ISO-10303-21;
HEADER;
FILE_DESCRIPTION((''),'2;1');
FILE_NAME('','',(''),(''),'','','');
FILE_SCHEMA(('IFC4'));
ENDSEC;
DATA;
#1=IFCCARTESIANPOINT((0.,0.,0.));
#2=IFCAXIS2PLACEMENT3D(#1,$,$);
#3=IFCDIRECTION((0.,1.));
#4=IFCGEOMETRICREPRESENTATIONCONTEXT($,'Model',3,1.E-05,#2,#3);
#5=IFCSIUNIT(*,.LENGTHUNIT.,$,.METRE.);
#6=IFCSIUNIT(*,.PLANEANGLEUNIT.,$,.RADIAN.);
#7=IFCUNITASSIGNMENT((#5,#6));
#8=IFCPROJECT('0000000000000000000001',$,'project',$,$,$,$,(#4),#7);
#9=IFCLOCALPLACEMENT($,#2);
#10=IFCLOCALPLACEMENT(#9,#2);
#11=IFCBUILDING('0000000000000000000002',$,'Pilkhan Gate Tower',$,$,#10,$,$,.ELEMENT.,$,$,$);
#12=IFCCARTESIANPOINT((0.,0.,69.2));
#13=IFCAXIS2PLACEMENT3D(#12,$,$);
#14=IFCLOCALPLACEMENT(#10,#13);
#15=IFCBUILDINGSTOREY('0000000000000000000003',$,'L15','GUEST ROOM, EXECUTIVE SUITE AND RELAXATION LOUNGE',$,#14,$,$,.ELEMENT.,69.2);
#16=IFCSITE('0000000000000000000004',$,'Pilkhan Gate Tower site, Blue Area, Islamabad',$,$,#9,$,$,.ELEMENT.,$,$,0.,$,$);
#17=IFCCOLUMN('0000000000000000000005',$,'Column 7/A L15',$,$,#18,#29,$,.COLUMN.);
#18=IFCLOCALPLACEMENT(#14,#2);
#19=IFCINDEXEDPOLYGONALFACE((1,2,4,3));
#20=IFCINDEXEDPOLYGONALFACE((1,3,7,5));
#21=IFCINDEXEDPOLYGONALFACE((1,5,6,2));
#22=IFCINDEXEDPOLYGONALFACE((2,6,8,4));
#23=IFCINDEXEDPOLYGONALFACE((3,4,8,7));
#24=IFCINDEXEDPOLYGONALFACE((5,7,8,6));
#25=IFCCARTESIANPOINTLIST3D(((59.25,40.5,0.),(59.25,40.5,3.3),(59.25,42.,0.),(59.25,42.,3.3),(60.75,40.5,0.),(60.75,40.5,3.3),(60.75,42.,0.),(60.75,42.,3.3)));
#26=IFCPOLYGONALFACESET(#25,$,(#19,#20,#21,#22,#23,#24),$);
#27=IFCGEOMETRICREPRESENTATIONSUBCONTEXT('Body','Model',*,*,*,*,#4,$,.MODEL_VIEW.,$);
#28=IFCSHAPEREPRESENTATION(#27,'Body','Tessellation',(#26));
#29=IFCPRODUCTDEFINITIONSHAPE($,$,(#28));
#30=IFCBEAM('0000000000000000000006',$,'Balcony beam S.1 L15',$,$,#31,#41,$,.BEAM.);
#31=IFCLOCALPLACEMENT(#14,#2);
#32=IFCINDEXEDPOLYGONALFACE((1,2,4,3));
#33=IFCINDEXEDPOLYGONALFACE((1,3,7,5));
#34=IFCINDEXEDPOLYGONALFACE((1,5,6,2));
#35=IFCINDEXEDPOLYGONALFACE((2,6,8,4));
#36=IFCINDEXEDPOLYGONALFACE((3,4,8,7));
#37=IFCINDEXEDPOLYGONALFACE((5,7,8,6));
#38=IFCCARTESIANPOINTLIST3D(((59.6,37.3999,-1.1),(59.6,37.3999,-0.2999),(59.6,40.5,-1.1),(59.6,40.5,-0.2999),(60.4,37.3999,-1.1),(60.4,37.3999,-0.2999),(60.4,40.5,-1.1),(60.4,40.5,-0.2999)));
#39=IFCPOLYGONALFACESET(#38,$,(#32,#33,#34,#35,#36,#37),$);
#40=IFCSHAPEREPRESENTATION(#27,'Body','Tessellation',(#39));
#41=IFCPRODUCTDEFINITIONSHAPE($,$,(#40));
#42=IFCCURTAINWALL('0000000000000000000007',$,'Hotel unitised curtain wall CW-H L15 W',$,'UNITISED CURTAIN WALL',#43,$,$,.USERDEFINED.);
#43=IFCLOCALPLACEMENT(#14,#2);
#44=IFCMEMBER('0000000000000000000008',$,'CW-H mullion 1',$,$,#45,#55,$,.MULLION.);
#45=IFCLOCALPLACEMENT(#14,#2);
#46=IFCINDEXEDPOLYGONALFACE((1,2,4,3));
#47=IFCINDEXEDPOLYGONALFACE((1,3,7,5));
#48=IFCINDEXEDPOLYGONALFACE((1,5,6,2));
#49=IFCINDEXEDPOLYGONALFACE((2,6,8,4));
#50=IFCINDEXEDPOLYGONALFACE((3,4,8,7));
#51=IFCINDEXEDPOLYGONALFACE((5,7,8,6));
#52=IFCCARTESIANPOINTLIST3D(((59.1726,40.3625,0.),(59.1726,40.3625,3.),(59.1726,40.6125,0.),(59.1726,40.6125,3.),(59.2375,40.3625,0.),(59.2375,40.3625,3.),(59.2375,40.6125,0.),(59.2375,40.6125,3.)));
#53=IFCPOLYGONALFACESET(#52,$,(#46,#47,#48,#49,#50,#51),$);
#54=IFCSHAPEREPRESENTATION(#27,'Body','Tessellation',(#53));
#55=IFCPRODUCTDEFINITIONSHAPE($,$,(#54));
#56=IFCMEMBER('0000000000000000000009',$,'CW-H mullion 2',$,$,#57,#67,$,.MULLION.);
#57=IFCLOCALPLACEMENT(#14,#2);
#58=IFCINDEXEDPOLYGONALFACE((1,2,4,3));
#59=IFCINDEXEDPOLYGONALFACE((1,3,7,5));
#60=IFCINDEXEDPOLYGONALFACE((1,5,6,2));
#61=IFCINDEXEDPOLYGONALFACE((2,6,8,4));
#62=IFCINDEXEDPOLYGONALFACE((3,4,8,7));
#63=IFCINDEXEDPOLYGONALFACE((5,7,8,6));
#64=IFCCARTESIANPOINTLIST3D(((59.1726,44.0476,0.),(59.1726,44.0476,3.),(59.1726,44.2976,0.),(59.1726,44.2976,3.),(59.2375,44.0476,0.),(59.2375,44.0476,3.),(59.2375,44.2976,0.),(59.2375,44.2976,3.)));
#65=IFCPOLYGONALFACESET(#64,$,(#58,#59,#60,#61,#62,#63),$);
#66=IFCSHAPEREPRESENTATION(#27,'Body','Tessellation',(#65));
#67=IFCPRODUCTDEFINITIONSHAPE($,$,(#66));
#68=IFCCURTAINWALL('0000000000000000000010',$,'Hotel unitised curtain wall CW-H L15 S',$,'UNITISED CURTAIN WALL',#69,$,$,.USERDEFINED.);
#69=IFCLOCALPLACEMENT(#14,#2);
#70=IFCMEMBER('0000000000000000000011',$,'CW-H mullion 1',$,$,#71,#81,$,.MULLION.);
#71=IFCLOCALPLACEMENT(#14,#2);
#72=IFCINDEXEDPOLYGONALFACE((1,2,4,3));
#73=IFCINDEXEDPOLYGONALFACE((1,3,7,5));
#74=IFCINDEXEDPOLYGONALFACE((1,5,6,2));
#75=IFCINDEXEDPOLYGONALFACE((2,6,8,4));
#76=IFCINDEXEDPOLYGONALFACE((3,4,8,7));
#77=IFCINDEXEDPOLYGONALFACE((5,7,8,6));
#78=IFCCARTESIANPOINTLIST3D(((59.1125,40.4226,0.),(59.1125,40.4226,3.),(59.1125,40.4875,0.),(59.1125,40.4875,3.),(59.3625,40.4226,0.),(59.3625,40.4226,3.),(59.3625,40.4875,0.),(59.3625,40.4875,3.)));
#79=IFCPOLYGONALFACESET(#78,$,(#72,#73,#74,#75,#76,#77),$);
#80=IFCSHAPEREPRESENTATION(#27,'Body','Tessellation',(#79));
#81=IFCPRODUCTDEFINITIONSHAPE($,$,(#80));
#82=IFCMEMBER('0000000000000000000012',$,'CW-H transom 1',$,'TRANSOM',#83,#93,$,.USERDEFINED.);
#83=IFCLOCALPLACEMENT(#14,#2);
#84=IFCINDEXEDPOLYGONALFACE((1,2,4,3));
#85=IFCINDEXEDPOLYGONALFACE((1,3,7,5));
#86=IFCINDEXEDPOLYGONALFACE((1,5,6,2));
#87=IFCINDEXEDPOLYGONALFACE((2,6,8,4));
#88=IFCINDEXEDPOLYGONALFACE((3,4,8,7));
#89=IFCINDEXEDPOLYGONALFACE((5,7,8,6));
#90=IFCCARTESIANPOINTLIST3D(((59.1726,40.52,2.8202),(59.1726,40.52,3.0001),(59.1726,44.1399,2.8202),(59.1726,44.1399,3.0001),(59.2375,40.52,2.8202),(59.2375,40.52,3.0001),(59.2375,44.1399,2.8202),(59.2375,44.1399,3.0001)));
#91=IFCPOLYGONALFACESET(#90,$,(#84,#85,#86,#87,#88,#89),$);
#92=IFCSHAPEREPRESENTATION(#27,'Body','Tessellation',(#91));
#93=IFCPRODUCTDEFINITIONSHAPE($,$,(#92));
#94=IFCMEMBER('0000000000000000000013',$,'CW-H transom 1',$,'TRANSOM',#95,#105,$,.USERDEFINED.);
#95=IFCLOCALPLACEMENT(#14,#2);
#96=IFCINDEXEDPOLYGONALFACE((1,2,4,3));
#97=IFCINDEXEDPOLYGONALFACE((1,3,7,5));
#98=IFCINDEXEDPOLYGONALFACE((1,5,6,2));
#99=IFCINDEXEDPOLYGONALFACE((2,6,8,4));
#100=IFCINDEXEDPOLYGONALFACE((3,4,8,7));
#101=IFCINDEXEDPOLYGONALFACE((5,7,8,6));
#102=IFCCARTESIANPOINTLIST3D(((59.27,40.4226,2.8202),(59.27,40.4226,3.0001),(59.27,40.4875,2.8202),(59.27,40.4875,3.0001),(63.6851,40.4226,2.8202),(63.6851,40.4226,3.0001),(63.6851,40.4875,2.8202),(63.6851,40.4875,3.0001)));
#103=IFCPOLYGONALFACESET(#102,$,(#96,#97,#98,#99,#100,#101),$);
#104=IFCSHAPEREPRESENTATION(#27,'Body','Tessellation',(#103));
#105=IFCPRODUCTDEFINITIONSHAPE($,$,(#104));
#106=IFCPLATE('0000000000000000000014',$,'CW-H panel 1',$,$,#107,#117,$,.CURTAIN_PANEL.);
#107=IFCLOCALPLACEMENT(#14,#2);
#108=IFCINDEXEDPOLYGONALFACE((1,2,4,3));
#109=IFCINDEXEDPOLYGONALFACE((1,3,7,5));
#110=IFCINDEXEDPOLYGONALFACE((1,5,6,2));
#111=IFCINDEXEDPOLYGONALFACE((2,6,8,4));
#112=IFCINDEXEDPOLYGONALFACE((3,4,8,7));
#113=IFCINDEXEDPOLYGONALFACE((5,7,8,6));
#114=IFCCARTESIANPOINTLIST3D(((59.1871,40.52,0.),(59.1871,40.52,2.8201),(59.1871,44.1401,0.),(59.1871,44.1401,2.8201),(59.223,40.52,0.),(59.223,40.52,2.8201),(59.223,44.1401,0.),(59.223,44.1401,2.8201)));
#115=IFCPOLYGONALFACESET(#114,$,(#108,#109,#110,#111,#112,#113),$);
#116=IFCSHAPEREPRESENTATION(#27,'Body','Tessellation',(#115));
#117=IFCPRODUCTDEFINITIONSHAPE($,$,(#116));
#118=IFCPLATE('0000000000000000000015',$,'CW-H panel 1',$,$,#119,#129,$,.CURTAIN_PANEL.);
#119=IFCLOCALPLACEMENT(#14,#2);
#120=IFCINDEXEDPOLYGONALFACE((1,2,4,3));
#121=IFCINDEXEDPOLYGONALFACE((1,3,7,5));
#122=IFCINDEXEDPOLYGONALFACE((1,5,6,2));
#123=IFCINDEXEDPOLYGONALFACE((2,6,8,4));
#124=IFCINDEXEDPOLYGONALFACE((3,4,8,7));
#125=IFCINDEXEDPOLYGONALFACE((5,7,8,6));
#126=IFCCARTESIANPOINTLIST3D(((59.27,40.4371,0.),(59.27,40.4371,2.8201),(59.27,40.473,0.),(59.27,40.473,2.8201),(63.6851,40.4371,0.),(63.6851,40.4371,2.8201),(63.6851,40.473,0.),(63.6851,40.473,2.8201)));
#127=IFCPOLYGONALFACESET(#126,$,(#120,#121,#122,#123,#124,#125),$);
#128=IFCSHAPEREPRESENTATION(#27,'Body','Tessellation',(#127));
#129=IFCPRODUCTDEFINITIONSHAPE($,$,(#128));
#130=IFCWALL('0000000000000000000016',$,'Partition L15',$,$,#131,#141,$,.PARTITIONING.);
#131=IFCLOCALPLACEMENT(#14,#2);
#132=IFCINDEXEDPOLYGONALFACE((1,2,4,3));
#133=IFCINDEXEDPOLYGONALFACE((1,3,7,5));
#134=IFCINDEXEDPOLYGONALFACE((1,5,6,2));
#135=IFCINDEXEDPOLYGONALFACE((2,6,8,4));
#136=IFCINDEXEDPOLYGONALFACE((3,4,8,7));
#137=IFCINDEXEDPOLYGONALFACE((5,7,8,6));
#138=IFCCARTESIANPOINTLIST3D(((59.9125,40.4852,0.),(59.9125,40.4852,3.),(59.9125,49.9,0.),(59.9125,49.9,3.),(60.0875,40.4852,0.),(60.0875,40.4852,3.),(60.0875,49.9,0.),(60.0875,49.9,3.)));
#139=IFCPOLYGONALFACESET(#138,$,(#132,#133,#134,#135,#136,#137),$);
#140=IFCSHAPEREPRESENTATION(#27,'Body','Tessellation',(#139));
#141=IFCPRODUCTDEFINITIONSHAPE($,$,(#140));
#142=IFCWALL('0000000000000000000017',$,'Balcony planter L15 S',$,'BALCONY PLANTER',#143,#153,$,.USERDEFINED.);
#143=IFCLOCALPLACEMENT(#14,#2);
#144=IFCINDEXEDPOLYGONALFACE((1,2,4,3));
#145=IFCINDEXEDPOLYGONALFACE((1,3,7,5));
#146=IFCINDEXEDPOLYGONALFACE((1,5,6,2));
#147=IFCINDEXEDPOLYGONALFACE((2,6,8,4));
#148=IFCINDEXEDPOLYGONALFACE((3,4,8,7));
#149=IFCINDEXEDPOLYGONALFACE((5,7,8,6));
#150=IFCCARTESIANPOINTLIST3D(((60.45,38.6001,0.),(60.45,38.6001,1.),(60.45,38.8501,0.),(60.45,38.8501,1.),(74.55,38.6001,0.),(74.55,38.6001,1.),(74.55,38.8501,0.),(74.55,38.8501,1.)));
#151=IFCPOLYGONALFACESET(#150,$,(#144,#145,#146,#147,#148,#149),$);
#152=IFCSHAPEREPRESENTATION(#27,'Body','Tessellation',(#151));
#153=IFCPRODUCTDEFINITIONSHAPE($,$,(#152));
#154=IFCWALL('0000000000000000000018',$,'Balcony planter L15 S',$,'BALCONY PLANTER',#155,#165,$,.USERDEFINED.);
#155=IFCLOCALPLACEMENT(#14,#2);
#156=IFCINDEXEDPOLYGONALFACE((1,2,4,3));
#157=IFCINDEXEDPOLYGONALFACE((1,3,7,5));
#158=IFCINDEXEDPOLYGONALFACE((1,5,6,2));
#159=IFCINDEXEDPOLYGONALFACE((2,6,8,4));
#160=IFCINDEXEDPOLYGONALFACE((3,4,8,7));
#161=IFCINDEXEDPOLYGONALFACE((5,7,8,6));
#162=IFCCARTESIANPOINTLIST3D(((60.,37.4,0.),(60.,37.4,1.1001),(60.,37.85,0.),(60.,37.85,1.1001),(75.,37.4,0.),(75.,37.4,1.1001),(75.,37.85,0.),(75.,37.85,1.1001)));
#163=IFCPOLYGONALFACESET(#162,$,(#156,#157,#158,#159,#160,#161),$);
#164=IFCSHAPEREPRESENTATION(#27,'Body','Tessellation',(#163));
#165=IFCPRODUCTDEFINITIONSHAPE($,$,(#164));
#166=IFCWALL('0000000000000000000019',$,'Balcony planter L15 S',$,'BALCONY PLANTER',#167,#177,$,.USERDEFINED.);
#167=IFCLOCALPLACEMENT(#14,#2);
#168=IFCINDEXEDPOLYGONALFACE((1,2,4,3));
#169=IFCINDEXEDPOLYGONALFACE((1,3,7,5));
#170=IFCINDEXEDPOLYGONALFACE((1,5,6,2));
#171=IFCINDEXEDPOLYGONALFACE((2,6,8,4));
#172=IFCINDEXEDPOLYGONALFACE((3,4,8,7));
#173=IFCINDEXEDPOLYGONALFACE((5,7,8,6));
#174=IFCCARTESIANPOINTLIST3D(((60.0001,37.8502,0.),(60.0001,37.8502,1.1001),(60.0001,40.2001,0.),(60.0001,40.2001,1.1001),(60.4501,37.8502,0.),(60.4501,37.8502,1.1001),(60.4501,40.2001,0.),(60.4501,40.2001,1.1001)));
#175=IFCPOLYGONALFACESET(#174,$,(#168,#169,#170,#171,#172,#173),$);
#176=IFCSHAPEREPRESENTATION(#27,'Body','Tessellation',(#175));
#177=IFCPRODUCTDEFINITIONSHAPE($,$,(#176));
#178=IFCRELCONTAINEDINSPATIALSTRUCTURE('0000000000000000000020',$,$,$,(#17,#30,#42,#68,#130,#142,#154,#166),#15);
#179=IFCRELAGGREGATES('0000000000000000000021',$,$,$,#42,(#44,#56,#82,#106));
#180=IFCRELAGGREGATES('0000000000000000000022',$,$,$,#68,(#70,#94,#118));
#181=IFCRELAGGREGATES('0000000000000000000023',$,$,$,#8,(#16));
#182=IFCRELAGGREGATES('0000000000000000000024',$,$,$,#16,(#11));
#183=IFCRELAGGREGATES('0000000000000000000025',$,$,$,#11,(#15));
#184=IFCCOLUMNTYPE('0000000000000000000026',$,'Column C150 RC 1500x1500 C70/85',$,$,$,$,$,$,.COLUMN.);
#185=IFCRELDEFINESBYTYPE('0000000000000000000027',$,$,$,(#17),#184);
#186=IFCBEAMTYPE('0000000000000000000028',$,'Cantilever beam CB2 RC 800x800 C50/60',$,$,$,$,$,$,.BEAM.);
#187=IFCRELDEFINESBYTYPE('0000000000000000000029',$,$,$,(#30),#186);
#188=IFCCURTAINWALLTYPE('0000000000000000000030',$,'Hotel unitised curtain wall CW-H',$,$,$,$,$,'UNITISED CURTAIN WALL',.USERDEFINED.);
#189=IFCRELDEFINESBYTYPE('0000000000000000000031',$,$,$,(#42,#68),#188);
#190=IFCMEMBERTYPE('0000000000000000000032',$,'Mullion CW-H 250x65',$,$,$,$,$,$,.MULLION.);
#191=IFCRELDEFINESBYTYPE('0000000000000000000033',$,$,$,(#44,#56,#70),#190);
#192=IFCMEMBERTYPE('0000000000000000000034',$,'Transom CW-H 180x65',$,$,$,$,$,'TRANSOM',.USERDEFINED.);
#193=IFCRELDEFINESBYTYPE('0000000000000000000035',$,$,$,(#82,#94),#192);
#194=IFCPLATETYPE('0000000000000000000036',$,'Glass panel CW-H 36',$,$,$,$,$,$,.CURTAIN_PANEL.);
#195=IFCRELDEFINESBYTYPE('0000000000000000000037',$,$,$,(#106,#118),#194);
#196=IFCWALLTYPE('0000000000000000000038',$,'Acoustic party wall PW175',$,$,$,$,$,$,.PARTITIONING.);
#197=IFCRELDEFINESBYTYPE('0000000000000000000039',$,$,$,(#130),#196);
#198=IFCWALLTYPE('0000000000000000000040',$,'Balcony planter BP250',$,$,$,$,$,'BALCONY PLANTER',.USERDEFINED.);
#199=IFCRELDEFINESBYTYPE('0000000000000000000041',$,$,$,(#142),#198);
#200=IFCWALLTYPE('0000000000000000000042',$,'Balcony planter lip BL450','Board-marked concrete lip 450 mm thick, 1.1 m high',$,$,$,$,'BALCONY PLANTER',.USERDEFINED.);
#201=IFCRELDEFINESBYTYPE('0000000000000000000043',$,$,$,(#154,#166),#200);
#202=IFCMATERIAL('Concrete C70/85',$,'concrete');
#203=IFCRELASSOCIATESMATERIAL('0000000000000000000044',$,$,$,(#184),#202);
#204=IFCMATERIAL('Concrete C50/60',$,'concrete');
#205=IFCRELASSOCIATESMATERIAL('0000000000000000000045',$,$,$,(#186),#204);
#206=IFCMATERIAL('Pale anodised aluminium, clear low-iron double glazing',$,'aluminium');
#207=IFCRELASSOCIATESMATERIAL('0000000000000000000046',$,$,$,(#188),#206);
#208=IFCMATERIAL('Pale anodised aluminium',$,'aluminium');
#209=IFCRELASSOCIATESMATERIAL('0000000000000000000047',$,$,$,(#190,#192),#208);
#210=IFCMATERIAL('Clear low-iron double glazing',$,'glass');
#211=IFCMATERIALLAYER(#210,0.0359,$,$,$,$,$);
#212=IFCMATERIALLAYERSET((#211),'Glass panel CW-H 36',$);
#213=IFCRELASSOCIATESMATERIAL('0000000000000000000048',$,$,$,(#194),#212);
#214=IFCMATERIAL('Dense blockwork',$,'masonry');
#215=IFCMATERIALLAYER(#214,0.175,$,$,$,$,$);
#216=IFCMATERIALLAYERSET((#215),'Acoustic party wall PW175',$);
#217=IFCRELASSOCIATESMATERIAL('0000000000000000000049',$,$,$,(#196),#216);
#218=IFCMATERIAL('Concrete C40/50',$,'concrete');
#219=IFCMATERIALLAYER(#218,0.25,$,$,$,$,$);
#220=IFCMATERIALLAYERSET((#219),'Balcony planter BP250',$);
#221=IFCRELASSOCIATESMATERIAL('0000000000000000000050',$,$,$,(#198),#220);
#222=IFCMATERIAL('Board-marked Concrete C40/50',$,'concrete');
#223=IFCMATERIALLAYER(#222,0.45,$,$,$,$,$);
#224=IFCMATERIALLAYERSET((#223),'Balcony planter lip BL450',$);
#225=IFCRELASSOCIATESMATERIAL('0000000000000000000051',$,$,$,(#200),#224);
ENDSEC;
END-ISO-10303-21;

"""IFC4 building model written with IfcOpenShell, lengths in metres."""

from ifc_helpers import new_model, si_unit, direction, frame, frame_2d, origin, origin_2d, place, context, subcontext, project, spatial, rectangle, extrude, material, layer, layer_set, material_profile, profile_set, type_object, element, aggregate, save


model = new_model("IFC4")

# Units and contexts
model_context = context("Model", 3, precision=1e-05, world=origin(), true_north=direction((0.0, 1.0)))
body_context = subcontext(model_context, "Body", "Model", "MODEL_VIEW")
ifc_project = project(units=[si_unit("LENGTHUNIT", "METRE"), si_unit("PLANEANGLEUNIT", "RADIAN")], contexts=[model_context])

# Site, building, storey
site_placement = place(None, origin())
site = spatial("IfcSite", under=ifc_project, at=site_placement, Name="Pilkhan Gate Tower site, Blue Area, Islamabad", CompositionType="ELEMENT", RefElevation=0.0)
building_placement = place(site_placement, origin())
building = spatial("IfcBuilding", under=site, at=building_placement, Name="Pilkhan Gate Tower", CompositionType="ELEMENT")
storey_placement = place(building_placement, frame((0.0, 0.0, 69.2)))
storey = spatial("IfcBuildingStorey", under=building, at=storey_placement, Name="L15", Description="GUEST ROOM, EXECUTIVE SUITE AND RELAXATION LOUNGE", CompositionType="ELEMENT", Elevation=69.2)

# Column
ifc_material_1 = material(Name="Concrete C70/85", Category="concrete")
ifc_material_profile_1 = material_profile(ifc_material_1, rectangle(XDim=1.5, YDim=1.5, at=origin_2d()), Name="RC 1500x1500")
ifc_profile_set_1 = profile_set([ifc_material_profile_1], Name="Concrete C70/85")
column_type = type_object("IfcColumnType", Name="Column C150 RC 1500x1500 C70/85", PredefinedType="COLUMN", material=ifc_profile_set_1)
column_placement = place(storey_placement, frame((60.0, 41.25, 0.0), z_axis=(0.0, 0.0, 1.0), x_axis=(1.0, 0.0, 0.0)))
element("IfcColumn", 1, at=column_placement, inside=storey, type_object=column_type, Name="Column 7/A L15", PredefinedType="COLUMN", context=body_context, shape_type="SweptSolid", body=[
    extrude(rectangle(XDim=1.5, YDim=1.5, at=origin_2d()), origin(), (0.0, 0.0, 1.0), 3.3),
])

# Beam
ifc_material_2 = material(Name="Concrete C50/60", Category="concrete")
ifc_material_profile_2 = material_profile(ifc_material_2, rectangle(XDim=0.8, YDim=0.8, at=origin_2d()), Name="RC 800x800")
ifc_profile_set_2 = profile_set([ifc_material_profile_2], Name="Concrete C50/60")
beam_type = type_object("IfcBeamType", Name="Cantilever beam CB2 RC 800x800 C50/60", PredefinedType="BEAM", material=ifc_profile_set_2)
beam_placement = place(storey_placement, frame((60.0, 40.5, -0.7), z_axis=(0.0, -1.0, 0.0), x_axis=(1.0, 0.0, 0.0)))
element("IfcBeam", 2, at=beam_placement, inside=storey, type_object=beam_type, Name="Balcony beam S.1 L15", PredefinedType="BEAM", context=body_context, shape_type="SweptSolid", body=[
    extrude(rectangle(XDim=0.8, YDim=0.8, at=origin_2d()), origin(), (0.0, 0.0, 1.0), 3.1001),
])

# Curtain wall, members
ifc_material_3 = material(Name="Pale anodised aluminium, clear low-iron double glazing", Category="aluminium")
curtain_wall_type = type_object("IfcCurtainWallType", Name="Hotel unitised curtain wall CW-H", ElementType="UNITISED CURTAIN WALL", PredefinedType="USERDEFINED", material=ifc_material_3)
curtain_wall_1_placement = place(storey_placement, origin())
curtain_wall_1 = element("IfcCurtainWall", 3, at=curtain_wall_1_placement, inside=storey, type_object=curtain_wall_type, Name="Hotel unitised curtain wall CW-H L15 W", ObjectType="UNITISED CURTAIN WALL", PredefinedType="USERDEFINED")
ifc_material_4 = material(Name="Pale anodised aluminium", Category="aluminium")
ifc_material_profile_3 = material_profile(ifc_material_4, rectangle(XDim=0.0649, YDim=0.25, at=origin_2d()), Name="Mullion 250x65")
ifc_profile_set_3 = profile_set([ifc_material_profile_3], Name="Pale anodised aluminium")
member_type_1 = type_object("IfcMemberType", Name="Mullion CW-H 250x65", PredefinedType="MULLION", material=ifc_profile_set_3)
member_1_placement = place(storey_placement, frame((59.2051, 40.4875, 0.0), z_axis=(0.0, 0.0, 1.0), x_axis=(-1.0, 0.0, 0.0)))
member_1 = element("IfcMember", 4, at=member_1_placement, type_object=member_type_1, Name="CW-H mullion 1", PredefinedType="MULLION", context=body_context, shape_type="SweptSolid", body=[
    extrude(rectangle(XDim=0.0649, YDim=0.25, at=origin_2d()), origin(), (0.0, 0.0, 1.0), 3.0),
])
member_2_placement = place(storey_placement, frame((59.2051, 44.1726, 0.0), z_axis=(0.0, 0.0, 1.0), x_axis=(-1.0, 0.0, 0.0)))
member_2 = element("IfcMember", 5, at=member_2_placement, type_object=member_type_1, Name="CW-H mullion 2", PredefinedType="MULLION", context=body_context, shape_type="SweptSolid", body=[
    extrude(rectangle(XDim=0.0649, YDim=0.25, at=origin_2d()), origin(), (0.0, 0.0, 1.0), 3.0),
])

# Curtain wall, member
curtain_wall_2_placement = place(storey_placement, origin())
curtain_wall_2 = element("IfcCurtainWall", 6, at=curtain_wall_2_placement, inside=storey, type_object=curtain_wall_type, Name="Hotel unitised curtain wall CW-H L15 S", ObjectType="UNITISED CURTAIN WALL", PredefinedType="USERDEFINED")
member_3_placement = place(storey_placement, frame((59.2375, 40.4551, 0.0), z_axis=(0.0, 0.0, 1.0), x_axis=(0.0, 1.0, 0.0)))
member_3 = element("IfcMember", 7, at=member_3_placement, type_object=member_type_1, Name="CW-H mullion 1", PredefinedType="MULLION", context=body_context, shape_type="SweptSolid", body=[
    extrude(rectangle(XDim=0.0649, YDim=0.25, at=origin_2d()), origin(), (0.0, 0.0, 1.0), 3.0),
])

# Members
ifc_material_profile_4 = material_profile(ifc_material_4, rectangle(XDim=0.0649, YDim=0.1799, at=origin_2d()), Name="Transom 180x65")
ifc_profile_set_4 = profile_set([ifc_material_profile_4], Name="Pale anodised aluminium")
member_type_2 = type_object("IfcMemberType", Name="Transom CW-H 180x65", ElementType="TRANSOM", PredefinedType="USERDEFINED", material=ifc_profile_set_4)
member_4_placement = place(storey_placement, frame((59.2051, 40.52, 2.9102), z_axis=(0.0, 1.0, 0.0), x_axis=(-1.0, 0.0, 0.0)))
member_4 = element("IfcMember", 8, at=member_4_placement, type_object=member_type_2, Name="CW-H transom 1", ObjectType="TRANSOM", PredefinedType="USERDEFINED", context=body_context, shape_type="SweptSolid", body=[
    extrude(rectangle(XDim=0.0649, YDim=0.1799, at=origin_2d()), origin(), (0.0, 0.0, 1.0), 3.6199),
])
member_5_placement = place(storey_placement, frame((59.27, 40.4551, 2.9102), z_axis=(1.0, 0.0, 0.0), x_axis=(0.0, 1.0, 0.0)))
member_5 = element("IfcMember", 9, at=member_5_placement, type_object=member_type_2, Name="CW-H transom 1", ObjectType="TRANSOM", PredefinedType="USERDEFINED", context=body_context, shape_type="SweptSolid", body=[
    extrude(rectangle(XDim=0.0649, YDim=0.1799, at=origin_2d()), origin(), (0.0, 0.0, 1.0), 4.415),
])

# Plates
ifc_material_5 = material(Name="Clear low-iron double glazing", Category="glass")
ifc_layer_1 = layer(ifc_material_5, 0.0359)
ifc_layer_set_1 = layer_set([ifc_layer_1], Name="Glass panel CW-H 36")
plate_type = type_object("IfcPlateType", Name="Glass panel CW-H 36", PredefinedType="CURTAIN_PANEL", material=ifc_layer_set_1)
plate_1_placement = place(storey_placement, frame((59.2051, 42.3301, 0.0), z_axis=(0.0, 0.0, 1.0), x_axis=(0.0, 1.0, 0.0)))
plate_1 = element("IfcPlate", 10, at=plate_1_placement, type_object=plate_type, Name="CW-H panel 1", PredefinedType="CURTAIN_PANEL", context=body_context, shape_type="SweptSolid", body=[
    extrude(rectangle(XDim=3.6201, YDim=0.0359, at=origin_2d()), origin(), (0.0, 0.0, 1.0), 2.8201),
])
aggregate(curtain_wall_1, [member_1, member_2, member_4, plate_1])
plate_2_placement = place(storey_placement, frame((61.4775, 40.4551, 0.0), z_axis=(0.0, 0.0, 1.0), x_axis=(1.0, 0.0, 0.0)))
plate_2 = element("IfcPlate", 11, at=plate_2_placement, type_object=plate_type, Name="CW-H panel 1", PredefinedType="CURTAIN_PANEL", context=body_context, shape_type="SweptSolid", body=[
    extrude(rectangle(XDim=4.415, YDim=0.0359, at=origin_2d()), origin(), (0.0, 0.0, 1.0), 2.8201),
])
aggregate(curtain_wall_2, [member_3, member_5, plate_2])

# Walls
ifc_material_6 = material(Name="Dense blockwork", Category="masonry")
ifc_layer_2 = layer(ifc_material_6, 0.175)
ifc_layer_set_2 = layer_set([ifc_layer_2], Name="Acoustic party wall PW175")
wall_type_1 = type_object("IfcWallType", Name="Acoustic party wall PW175", PredefinedType="PARTITIONING", material=ifc_layer_set_2)
wall_1_placement = place(storey_placement, frame((60.0, 40.4851, 0.0), z_axis=(0.0, 0.0, 1.0), x_axis=(0.0, 1.0, 0.0)))
element("IfcWall", 12, at=wall_1_placement, inside=storey, type_object=wall_type_1, Name="Partition L15", PredefinedType="PARTITIONING", context=body_context, shape_type="SweptSolid", body=[
    extrude(rectangle(XDim=9.4148, YDim=0.175, at=frame_2d((4.7075, 0.0))), origin(), (0.0, 0.0, 1.0), 3.0),
])
ifc_material_7 = material(Name="Concrete C40/50", Category="concrete")
ifc_layer_3 = layer(ifc_material_7, 0.25)
ifc_layer_set_3 = layer_set([ifc_layer_3], Name="Balcony planter BP250")
wall_type_2 = type_object("IfcWallType", Name="Balcony planter BP250", ElementType="BALCONY PLANTER", PredefinedType="USERDEFINED", material=ifc_layer_set_3)
wall_2_placement = place(storey_placement, frame((60.45, 38.7251, 0.0), z_axis=(0.0, 0.0, 1.0), x_axis=(1.0, 0.0, 0.0)))
element("IfcWall", 13, at=wall_2_placement, inside=storey, type_object=wall_type_2, Name="Balcony planter L15 S", ObjectType="BALCONY PLANTER", PredefinedType="USERDEFINED", context=body_context, shape_type="SweptSolid", body=[
    extrude(rectangle(XDim=14.1001, YDim=0.25, at=frame_2d((7.05, 0.0))), origin(), (0.0, 0.0, 1.0), 1.0),
])
ifc_material_8 = material(Name="Board-marked Concrete C40/50", Category="concrete")
ifc_layer_4 = layer(ifc_material_8, 0.45)
ifc_layer_set_4 = layer_set([ifc_layer_4], Name="Balcony planter lip BL450")
wall_type_3 = type_object("IfcWallType", Name="Balcony planter lip BL450", Description="Board-marked concrete lip 450 mm thick, 1.1 m high", ElementType="BALCONY PLANTER", PredefinedType="USERDEFINED", material=ifc_layer_set_4)
wall_3_placement = place(storey_placement, frame((60.0, 37.625, 0.0), z_axis=(0.0, 0.0, 1.0), x_axis=(1.0, 0.0, 0.0)))
element("IfcWall", 14, at=wall_3_placement, inside=storey, type_object=wall_type_3, Name="Balcony planter L15 S", ObjectType="BALCONY PLANTER", PredefinedType="USERDEFINED", context=body_context, shape_type="SweptSolid", body=[
    extrude(rectangle(XDim=15.0, YDim=0.45, at=frame_2d((7.5, 0.0))), origin(), (0.0, 0.0, 1.0), 1.1001),
])
wall_4_placement = place(storey_placement, frame((60.2251, 40.2, 0.0), z_axis=(0.0, 0.0, 1.0), x_axis=(0.0, -1.0, 0.0)))
element("IfcWall", 15, at=wall_4_placement, inside=storey, type_object=wall_type_3, Name="Balcony planter L15 S", ObjectType="BALCONY PLANTER", PredefinedType="USERDEFINED", context=body_context, shape_type="SweptSolid", body=[
    extrude(rectangle(XDim=2.3499, YDim=0.45, at=frame_2d((1.1748, 0.0))), origin(), (0.0, 0.0, 1.0), 1.1001),
])

save(model, "model.ifc")
